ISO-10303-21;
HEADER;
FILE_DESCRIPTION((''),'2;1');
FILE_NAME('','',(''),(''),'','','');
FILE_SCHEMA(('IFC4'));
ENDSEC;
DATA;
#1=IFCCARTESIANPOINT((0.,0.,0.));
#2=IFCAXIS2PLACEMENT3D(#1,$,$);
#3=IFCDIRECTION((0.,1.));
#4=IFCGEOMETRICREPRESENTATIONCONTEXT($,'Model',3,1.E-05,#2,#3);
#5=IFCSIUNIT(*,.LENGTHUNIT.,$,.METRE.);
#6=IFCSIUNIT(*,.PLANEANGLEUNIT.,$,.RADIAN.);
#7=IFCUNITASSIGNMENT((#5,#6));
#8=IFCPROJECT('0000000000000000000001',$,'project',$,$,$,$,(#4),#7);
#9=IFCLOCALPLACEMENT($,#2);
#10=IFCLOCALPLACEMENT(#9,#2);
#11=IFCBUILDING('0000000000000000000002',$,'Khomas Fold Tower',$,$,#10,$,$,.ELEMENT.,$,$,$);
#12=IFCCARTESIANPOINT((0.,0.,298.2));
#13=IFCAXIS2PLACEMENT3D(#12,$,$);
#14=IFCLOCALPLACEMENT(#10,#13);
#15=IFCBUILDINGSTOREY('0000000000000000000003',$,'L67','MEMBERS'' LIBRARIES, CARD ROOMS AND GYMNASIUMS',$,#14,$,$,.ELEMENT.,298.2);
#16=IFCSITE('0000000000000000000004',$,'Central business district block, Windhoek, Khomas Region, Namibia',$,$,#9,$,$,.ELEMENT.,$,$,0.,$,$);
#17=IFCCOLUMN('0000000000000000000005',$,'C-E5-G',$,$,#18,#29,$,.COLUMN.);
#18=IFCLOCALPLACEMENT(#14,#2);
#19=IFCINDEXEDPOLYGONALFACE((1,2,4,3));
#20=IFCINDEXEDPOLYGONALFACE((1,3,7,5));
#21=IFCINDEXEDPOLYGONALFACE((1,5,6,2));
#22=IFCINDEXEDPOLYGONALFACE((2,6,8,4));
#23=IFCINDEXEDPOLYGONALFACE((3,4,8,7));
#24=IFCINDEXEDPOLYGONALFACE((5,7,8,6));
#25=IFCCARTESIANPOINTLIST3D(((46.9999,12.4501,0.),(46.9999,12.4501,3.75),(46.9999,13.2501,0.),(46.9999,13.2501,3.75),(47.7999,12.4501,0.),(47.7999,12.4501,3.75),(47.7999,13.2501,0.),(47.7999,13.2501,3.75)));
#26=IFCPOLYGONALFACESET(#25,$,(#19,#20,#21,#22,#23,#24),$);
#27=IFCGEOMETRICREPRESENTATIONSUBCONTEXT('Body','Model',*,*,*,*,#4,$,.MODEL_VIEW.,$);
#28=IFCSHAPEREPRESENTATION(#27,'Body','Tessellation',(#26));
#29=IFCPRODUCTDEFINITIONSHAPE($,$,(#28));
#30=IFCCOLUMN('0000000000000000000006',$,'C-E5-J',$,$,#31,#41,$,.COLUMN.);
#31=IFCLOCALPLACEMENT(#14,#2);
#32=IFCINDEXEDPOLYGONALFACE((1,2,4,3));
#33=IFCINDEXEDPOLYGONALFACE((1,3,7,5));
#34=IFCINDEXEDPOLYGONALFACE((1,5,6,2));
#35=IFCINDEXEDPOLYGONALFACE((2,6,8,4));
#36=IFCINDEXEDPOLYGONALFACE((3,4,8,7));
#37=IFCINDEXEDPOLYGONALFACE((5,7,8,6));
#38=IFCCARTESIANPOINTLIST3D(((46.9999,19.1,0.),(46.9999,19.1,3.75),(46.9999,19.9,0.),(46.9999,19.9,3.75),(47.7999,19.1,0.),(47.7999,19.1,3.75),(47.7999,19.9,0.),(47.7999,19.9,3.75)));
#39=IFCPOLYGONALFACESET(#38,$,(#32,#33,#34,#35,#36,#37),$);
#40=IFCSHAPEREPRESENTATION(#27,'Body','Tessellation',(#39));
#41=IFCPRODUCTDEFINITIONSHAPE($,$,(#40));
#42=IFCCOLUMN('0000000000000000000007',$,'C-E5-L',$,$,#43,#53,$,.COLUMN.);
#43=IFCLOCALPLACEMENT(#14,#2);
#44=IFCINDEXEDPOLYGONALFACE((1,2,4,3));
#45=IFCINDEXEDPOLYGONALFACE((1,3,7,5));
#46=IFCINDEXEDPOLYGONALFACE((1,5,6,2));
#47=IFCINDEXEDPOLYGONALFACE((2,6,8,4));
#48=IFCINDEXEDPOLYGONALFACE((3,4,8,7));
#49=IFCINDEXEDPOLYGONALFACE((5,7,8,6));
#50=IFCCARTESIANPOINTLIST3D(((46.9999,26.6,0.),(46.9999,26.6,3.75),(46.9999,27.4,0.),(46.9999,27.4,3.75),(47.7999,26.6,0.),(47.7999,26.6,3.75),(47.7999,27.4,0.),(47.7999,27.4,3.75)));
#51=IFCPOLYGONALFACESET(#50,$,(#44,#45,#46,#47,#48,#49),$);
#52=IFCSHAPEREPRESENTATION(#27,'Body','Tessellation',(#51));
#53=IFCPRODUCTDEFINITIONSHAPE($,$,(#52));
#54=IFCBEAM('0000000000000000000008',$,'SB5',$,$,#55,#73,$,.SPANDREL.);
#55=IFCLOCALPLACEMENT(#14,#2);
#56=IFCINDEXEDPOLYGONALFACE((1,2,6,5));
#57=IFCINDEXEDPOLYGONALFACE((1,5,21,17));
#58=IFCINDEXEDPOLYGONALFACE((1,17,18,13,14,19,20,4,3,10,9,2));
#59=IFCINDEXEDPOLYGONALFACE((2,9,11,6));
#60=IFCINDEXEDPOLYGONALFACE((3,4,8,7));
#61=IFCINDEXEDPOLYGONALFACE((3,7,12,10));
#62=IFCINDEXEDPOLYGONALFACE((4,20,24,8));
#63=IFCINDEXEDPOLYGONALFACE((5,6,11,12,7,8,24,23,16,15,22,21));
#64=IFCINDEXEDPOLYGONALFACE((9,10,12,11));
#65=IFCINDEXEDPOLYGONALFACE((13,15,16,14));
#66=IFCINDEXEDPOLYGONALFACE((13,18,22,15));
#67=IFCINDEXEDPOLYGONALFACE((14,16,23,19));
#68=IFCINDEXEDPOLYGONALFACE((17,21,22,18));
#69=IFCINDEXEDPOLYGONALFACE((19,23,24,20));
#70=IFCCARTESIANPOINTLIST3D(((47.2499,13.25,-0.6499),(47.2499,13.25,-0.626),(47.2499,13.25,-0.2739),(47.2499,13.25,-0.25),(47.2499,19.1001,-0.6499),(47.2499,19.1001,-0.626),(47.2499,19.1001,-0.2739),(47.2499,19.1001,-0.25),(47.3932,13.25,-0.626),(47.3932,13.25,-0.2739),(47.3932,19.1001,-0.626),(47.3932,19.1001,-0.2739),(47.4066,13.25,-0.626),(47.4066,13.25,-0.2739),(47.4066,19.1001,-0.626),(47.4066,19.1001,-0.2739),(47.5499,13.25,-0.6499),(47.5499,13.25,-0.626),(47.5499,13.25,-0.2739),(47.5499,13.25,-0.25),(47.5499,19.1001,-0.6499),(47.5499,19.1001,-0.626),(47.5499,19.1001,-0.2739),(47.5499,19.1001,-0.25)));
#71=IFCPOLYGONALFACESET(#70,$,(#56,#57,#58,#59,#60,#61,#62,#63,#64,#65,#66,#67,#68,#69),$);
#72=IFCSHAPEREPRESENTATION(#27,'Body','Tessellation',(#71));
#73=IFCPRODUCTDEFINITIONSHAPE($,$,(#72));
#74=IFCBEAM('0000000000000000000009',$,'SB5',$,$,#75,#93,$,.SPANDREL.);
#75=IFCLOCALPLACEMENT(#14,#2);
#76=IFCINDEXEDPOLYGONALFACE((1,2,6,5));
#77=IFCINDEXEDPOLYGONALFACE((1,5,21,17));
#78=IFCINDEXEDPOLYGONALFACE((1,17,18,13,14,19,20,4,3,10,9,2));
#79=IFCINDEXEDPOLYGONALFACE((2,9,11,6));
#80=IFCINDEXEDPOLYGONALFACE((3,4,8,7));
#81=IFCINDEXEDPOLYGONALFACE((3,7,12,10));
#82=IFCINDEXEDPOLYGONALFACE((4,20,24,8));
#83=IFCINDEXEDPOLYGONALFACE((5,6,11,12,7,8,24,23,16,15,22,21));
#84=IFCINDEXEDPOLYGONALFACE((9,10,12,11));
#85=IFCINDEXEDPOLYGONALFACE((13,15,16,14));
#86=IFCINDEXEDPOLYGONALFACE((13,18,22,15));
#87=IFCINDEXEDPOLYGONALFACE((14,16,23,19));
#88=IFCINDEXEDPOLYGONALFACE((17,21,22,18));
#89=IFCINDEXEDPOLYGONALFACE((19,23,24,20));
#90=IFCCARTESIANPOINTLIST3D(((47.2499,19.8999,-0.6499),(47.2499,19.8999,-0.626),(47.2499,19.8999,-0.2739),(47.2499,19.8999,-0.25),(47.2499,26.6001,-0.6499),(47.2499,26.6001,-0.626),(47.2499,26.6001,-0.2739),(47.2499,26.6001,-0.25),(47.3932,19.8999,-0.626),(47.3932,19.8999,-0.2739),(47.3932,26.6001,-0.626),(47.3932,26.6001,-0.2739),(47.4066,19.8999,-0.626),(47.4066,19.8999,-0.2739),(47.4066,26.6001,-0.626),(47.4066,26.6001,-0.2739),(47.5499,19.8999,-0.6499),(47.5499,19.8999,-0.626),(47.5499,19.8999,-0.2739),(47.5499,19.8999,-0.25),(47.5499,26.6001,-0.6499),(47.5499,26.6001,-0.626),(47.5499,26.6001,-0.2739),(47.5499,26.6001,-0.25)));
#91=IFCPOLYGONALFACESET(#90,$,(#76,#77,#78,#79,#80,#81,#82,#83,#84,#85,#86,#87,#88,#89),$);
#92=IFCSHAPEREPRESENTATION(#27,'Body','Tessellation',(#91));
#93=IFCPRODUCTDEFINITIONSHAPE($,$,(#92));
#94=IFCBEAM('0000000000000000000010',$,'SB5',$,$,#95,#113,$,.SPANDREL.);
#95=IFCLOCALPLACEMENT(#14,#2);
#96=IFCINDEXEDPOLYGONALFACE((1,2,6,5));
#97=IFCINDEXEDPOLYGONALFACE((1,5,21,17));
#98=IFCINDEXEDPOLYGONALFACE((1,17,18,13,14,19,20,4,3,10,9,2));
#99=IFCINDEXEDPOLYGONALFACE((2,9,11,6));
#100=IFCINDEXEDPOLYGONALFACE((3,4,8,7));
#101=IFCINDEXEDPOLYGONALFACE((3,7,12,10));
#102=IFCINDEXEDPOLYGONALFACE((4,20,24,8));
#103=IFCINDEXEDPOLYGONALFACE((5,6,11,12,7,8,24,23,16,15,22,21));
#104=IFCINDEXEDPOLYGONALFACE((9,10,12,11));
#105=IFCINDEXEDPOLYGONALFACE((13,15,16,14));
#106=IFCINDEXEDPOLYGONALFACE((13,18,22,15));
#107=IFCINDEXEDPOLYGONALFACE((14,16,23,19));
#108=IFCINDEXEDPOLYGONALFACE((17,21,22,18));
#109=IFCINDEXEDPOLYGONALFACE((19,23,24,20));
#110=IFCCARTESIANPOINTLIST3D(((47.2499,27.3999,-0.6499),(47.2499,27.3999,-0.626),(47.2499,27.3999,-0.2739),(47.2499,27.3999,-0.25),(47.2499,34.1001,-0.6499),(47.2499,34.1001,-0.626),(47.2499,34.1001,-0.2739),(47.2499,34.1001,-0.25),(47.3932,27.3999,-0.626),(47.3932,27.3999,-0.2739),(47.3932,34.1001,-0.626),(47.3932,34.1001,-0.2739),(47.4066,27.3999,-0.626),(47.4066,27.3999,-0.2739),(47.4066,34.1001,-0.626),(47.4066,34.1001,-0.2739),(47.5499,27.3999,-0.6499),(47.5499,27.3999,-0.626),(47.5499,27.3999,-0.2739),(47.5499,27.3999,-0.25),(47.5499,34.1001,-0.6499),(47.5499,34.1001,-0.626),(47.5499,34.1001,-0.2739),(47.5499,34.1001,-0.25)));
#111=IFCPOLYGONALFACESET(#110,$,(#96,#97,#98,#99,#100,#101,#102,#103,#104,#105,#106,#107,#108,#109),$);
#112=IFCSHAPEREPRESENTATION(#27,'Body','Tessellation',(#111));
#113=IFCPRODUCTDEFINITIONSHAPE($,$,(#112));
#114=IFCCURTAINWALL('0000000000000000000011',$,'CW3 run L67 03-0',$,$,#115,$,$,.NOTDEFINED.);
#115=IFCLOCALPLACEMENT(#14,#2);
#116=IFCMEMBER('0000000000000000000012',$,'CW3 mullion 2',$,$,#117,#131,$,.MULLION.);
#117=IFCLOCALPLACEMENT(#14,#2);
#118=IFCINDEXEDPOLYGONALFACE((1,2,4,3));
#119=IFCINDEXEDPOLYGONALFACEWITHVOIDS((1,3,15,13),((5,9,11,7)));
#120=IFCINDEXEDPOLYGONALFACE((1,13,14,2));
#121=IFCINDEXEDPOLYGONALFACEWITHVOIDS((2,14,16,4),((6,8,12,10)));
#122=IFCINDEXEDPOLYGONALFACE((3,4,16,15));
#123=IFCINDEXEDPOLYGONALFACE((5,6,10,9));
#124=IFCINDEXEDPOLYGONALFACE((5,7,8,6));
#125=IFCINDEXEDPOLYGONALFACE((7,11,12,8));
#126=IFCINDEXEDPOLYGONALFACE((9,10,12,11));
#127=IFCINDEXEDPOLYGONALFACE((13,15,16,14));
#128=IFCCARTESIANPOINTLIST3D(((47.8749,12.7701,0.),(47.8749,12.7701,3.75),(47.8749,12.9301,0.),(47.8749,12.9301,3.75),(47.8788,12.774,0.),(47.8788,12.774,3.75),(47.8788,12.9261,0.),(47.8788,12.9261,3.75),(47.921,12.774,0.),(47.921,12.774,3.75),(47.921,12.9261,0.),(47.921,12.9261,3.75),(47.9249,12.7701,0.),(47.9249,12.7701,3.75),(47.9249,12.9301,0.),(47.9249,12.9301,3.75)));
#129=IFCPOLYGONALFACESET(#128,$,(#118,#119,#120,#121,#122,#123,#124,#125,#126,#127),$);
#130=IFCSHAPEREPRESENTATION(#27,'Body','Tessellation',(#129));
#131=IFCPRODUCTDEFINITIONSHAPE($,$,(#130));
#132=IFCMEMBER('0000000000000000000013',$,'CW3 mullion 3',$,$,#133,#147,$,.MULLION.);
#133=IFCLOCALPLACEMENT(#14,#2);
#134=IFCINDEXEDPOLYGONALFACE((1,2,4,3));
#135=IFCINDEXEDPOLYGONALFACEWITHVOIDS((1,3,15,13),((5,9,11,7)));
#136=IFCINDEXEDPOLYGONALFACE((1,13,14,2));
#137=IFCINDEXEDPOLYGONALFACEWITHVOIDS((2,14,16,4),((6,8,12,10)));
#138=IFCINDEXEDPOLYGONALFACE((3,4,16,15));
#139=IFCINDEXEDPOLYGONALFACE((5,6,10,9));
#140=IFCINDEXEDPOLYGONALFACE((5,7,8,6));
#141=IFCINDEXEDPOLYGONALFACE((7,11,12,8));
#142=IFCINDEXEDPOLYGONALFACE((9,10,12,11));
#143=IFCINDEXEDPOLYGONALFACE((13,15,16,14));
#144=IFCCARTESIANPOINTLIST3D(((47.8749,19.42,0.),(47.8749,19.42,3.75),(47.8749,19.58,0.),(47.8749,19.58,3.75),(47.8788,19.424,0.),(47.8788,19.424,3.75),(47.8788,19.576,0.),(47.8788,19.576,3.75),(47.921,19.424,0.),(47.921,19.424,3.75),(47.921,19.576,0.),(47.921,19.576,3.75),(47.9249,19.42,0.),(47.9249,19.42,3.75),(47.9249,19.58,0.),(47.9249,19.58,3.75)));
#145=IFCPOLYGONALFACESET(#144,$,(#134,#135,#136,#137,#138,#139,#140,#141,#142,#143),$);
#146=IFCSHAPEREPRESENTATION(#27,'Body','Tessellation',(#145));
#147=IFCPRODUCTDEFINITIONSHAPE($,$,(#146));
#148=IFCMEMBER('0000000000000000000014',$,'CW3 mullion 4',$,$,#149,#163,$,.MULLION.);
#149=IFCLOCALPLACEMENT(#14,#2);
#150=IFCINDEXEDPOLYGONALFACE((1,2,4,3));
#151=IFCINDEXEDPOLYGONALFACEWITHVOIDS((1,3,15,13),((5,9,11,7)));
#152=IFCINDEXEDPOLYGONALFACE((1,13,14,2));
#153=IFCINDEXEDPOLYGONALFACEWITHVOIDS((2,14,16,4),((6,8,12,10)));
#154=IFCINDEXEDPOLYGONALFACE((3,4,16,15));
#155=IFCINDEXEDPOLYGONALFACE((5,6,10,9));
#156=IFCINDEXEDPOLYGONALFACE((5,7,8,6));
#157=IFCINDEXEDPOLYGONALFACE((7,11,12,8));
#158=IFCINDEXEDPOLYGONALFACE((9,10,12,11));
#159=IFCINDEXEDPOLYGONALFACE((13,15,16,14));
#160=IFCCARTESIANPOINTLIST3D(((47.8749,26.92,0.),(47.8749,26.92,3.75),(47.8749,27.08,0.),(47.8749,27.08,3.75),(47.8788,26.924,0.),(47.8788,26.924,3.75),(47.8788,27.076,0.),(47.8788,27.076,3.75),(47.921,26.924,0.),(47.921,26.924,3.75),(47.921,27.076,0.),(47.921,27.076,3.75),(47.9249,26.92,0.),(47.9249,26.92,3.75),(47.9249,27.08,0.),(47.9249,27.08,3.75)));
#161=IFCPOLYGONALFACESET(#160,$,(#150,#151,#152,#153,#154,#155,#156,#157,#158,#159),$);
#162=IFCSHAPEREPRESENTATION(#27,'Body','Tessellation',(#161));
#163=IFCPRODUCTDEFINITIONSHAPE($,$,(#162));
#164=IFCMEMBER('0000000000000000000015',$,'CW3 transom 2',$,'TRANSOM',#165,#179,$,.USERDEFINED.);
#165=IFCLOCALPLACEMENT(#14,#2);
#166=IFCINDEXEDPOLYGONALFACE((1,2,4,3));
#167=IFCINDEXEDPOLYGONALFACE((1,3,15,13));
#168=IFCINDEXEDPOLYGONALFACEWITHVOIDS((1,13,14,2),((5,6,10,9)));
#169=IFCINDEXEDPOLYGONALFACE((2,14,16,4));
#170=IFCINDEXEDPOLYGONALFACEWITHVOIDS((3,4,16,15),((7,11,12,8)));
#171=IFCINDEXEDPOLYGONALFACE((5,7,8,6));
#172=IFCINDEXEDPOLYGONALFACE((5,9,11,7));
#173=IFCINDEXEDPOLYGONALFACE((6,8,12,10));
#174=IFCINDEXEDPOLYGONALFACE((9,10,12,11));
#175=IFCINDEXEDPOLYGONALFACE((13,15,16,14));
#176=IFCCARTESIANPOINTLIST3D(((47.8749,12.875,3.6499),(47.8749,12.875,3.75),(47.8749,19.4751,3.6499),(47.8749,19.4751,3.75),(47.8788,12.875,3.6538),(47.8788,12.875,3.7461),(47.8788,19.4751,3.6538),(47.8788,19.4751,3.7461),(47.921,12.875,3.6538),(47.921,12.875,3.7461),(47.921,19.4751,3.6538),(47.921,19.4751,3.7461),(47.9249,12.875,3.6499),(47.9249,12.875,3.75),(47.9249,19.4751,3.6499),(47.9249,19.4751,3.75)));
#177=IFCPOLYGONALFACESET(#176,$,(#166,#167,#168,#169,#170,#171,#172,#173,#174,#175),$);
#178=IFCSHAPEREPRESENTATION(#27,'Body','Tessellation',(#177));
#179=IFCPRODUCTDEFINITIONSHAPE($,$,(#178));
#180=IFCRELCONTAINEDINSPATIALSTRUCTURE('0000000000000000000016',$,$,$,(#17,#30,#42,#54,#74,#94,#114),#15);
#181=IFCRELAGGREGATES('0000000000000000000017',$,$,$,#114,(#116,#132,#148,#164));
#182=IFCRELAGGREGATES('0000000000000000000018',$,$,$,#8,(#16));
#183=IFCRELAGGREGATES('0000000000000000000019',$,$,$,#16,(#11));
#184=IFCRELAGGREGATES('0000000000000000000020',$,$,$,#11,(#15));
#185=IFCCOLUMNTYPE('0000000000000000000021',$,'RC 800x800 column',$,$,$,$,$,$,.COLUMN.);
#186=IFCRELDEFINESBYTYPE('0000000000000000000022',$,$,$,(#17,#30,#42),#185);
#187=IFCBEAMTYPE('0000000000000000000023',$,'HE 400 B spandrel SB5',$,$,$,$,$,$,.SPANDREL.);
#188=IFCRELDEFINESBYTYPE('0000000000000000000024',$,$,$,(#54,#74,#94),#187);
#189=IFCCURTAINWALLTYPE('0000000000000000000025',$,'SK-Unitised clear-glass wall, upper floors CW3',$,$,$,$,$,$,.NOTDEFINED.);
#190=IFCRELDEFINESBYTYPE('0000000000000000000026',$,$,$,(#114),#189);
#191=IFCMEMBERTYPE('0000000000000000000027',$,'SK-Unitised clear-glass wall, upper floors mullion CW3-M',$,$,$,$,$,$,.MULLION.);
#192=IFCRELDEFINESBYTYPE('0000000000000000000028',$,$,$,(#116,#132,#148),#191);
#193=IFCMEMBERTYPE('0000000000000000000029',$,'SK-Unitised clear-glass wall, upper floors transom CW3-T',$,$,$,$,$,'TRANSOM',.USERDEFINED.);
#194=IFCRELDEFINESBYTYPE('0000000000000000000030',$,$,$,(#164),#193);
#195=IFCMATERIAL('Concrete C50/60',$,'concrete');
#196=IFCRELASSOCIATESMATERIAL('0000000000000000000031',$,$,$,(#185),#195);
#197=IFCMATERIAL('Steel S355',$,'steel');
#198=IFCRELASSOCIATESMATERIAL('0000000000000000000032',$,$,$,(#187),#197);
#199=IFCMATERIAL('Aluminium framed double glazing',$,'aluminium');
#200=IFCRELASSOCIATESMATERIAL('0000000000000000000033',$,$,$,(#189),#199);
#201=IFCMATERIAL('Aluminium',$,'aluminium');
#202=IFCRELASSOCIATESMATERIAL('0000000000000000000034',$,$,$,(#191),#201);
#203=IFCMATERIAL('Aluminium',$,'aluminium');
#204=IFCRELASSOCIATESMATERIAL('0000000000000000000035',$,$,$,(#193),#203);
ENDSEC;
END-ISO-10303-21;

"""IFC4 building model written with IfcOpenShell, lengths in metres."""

from ifc_helpers import new_model, si_unit, direction, frame, origin, origin_2d, place, context, subcontext, project, spatial, rectangle, hollow_rectangle, i_section, extrude, source, transform, mapped, material, material_profile, profile_set, type_object, element, aggregate, save


model = new_model("IFC4")

# Units and contexts
model_context = context("Model", 3, precision=1e-05, world=origin(), true_north=direction((0.0, 1.0)))
body_context = subcontext(model_context, "Body", "Model", "MODEL_VIEW")
ifc_project = project(units=[si_unit("LENGTHUNIT", "METRE"), si_unit("PLANEANGLEUNIT", "RADIAN")], contexts=[model_context])

# Site, building, storey
site_placement = place(None, origin())
site = spatial("IfcSite", under=ifc_project, at=site_placement, Name="Central business district block, Windhoek, Khomas Region, Namibia", CompositionType="ELEMENT", RefElevation=0.0)
building_placement = place(site_placement, origin())
building = spatial("IfcBuilding", under=site, at=building_placement, Name="Khomas Fold Tower", CompositionType="ELEMENT")
storey_placement = place(building_placement, frame((0.0, 0.0, 298.2)))
storey = spatial("IfcBuildingStorey", under=building, at=storey_placement, Name="L67", Description="MEMBERS' LIBRARIES, CARD ROOMS AND GYMNASIUMS", CompositionType="ELEMENT", Elevation=298.2)

# Columns
ifc_material_1 = material(Name="Concrete C50/60", Category="concrete")
ifc_material_profile_1 = material_profile(ifc_material_1, rectangle(XDim=0.8, YDim=0.8, at=origin_2d()), Name="RC 800x800")
ifc_profile_set_1 = profile_set([ifc_material_profile_1], Name="Concrete C50/60")
column_type = type_object("IfcColumnType", Name="RC 800x800 column", PredefinedType="COLUMN", material=ifc_profile_set_1)
shared_shape_1 = source(origin(), body_context, "Body", "SweptSolid", [
    extrude(rectangle(XDim=0.8, YDim=0.8, at=origin_2d()), origin(), (0.0, 0.0, 1.0), 3.75),
])
for number, where, z_axis, x_axis, name in (
    (1, (47.3999, 12.8501, 0.0), (0.0, 0.0, 1.0), (1.0, 0.0, 0.0), "C-E5-G"),
    (2, (47.3999, 19.5, 0.0), (0.0, 0.0, 1.0), (1.0, 0.0, 0.0), "C-E5-J"),
    (3, (47.3999, 27.0, 0.0), (0.0, 0.0, 1.0), (1.0, 0.0, 0.0), "C-E5-L"),
):
    element("IfcColumn", number, at=place(storey_placement, frame(where, z_axis=z_axis, x_axis=x_axis)), inside=storey, type_object=column_type, Name=name, PredefinedType="COLUMN", context=body_context, shape_type="MappedRepresentation", body=[
        mapped(shared_shape_1, transform((0.0, 0.0, 0.0))),
    ])

# Beams
ifc_material_2 = material(Name="Steel S355", Category="steel")
ifc_material_profile_2 = material_profile(ifc_material_2, i_section(OverallWidth=0.3, OverallDepth=0.3999, WebThickness=0.0134, FlangeThickness=0.0239, at=origin_2d()), Name="HE 400 B")
ifc_profile_set_2 = profile_set([ifc_material_profile_2], Name="Steel S355")
beam_type = type_object("IfcBeamType", Name="HE 400 B spandrel SB5", PredefinedType="SPANDREL", material=ifc_profile_set_2)
shared_shape_2 = source(origin(), body_context, "Body", "SweptSolid", [
    extrude(i_section(OverallWidth=0.3, OverallDepth=0.3999, WebThickness=0.0134, FlangeThickness=0.0239, at=origin_2d()), origin(), (0.0, 0.0, 1.0), 5.8501),
])
beam_placement = place(storey_placement, frame((47.3999, 13.25, -0.45), z_axis=(0.0, 1.0, 0.0), x_axis=(-1.0, 0.0, 0.0)))
element("IfcBeam", 4, at=beam_placement, inside=storey, type_object=beam_type, Name="SB5", PredefinedType="SPANDREL", context=body_context, shape_type="MappedRepresentation", body=[
    mapped(shared_shape_2, transform((0.0, 0.0, 0.0))),
])
shared_shape_3 = source(origin(), body_context, "Body", "SweptSolid", [
    extrude(i_section(OverallWidth=0.3, OverallDepth=0.3999, WebThickness=0.0134, FlangeThickness=0.0239, at=origin_2d()), origin(), (0.0, 0.0, 1.0), 6.7002),
])
for number, where, z_axis, x_axis, name in (
    (5, (47.3999, 19.8999, -0.45), (0.0, 1.0, 0.0), (-1.0, 0.0, 0.0), "SB5"),
    (6, (47.3999, 27.3999, -0.45), (0.0, 1.0, 0.0), (-1.0, 0.0, 0.0), "SB5"),
):
    element("IfcBeam", number, at=place(storey_placement, frame(where, z_axis=z_axis, x_axis=x_axis)), inside=storey, type_object=beam_type, Name=name, PredefinedType="SPANDREL", context=body_context, shape_type="MappedRepresentation", body=[
        mapped(shared_shape_3, transform((0.0, 0.0, 0.0))),
    ])

# Curtain wall, members
ifc_material_3 = material(Name="Aluminium framed double glazing", Category="aluminium")
curtain_wall_type = type_object("IfcCurtainWallType", Name="SK-Unitised clear-glass wall, upper floors CW3", PredefinedType="NOTDEFINED", material=ifc_material_3)
curtain_wall_placement = place(storey_placement, origin())
curtain_wall = element("IfcCurtainWall", 7, at=curtain_wall_placement, inside=storey, type_object=curtain_wall_type, Name="CW3 run L67 03-0", PredefinedType="NOTDEFINED")
ifc_material_4 = material(Name="Aluminium", Category="aluminium")
ifc_material_profile_3 = material_profile(ifc_material_4, hollow_rectangle(XDim=0.05, YDim=0.1599, WallThickness=0.0039, at=origin_2d()), Name="SK-Unitised clear-glass wall, upper floors mullion CW3-M")
ifc_profile_set_3 = profile_set([ifc_material_profile_3], Name="Aluminium")
member_type_1 = type_object("IfcMemberType", Name="SK-Unitised clear-glass wall, upper floors mullion CW3-M", PredefinedType="MULLION", material=ifc_profile_set_3)
shared_shape_4 = source(origin(), body_context, "Body", "SweptSolid", [
    extrude(hollow_rectangle(XDim=0.05, YDim=0.1599, WallThickness=0.0039, at=origin_2d()), origin(), (0.0, 0.0, 1.0), 3.75),
])
member_1_placement = place(storey_placement, frame((47.8999, 12.8501, 0.0), z_axis=(0.0, 0.0, 1.0), x_axis=(-1.0, 0.0, 0.0)))
member_1 = element("IfcMember", 8, at=member_1_placement, type_object=member_type_1, Name="CW3 mullion 2", PredefinedType="MULLION", context=body_context, shape_type="MappedRepresentation", body=[
    mapped(shared_shape_4, transform((0.0, 0.0, 0.0))),
])
member_2_placement = place(storey_placement, frame((47.8999, 19.5, 0.0), z_axis=(0.0, 0.0, 1.0), x_axis=(-1.0, 0.0, 0.0)))
member_2 = element("IfcMember", 9, at=member_2_placement, type_object=member_type_1, Name="CW3 mullion 3", PredefinedType="MULLION", context=body_context, shape_type="MappedRepresentation", body=[
    mapped(shared_shape_4, transform((0.0, 0.0, 0.0))),
])
member_3_placement = place(storey_placement, frame((47.8999, 27.0, 0.0), z_axis=(0.0, 0.0, 1.0), x_axis=(-1.0, 0.0, 0.0)))
member_3 = element("IfcMember", 10, at=member_3_placement, type_object=member_type_1, Name="CW3 mullion 4", PredefinedType="MULLION", context=body_context, shape_type="MappedRepresentation", body=[
    mapped(shared_shape_4, transform((0.0, 0.0, 0.0))),
])
ifc_material_5 = material(Name="Aluminium", Category="aluminium")
ifc_material_profile_4 = material_profile(ifc_material_5, hollow_rectangle(XDim=0.05, YDim=0.1001, WallThickness=0.0039, at=origin_2d()), Name="SK-Unitised clear-glass wall, upper floors transom CW3-T")
ifc_profile_set_4 = profile_set([ifc_material_profile_4], Name="Aluminium")
member_type_2 = type_object("IfcMemberType", Name="SK-Unitised clear-glass wall, upper floors transom CW3-T", ElementType="TRANSOM", PredefinedType="USERDEFINED", material=ifc_profile_set_4)
shared_shape_5 = source(origin(), body_context, "Body", "SweptSolid", [
    extrude(hollow_rectangle(XDim=0.05, YDim=0.1001, WallThickness=0.0039, at=origin_2d()), origin(), (0.0, 0.0, 1.0), 6.6001),
])
member_4_placement = place(storey_placement, frame((47.8999, 12.875, 3.7), z_axis=(0.0, 1.0, 0.0), x_axis=(-1.0, 0.0, 0.0)))
member_4 = element("IfcMember", 11, at=member_4_placement, type_object=member_type_2, Name="CW3 transom 2", ObjectType="TRANSOM", PredefinedType="USERDEFINED", context=body_context, shape_type="MappedRepresentation", body=[
    mapped(shared_shape_5, transform((0.0, 0.0, 0.0))),
])
aggregate(curtain_wall, [member_1, member_2, member_3, member_4])

save(model, "model.ifc")
